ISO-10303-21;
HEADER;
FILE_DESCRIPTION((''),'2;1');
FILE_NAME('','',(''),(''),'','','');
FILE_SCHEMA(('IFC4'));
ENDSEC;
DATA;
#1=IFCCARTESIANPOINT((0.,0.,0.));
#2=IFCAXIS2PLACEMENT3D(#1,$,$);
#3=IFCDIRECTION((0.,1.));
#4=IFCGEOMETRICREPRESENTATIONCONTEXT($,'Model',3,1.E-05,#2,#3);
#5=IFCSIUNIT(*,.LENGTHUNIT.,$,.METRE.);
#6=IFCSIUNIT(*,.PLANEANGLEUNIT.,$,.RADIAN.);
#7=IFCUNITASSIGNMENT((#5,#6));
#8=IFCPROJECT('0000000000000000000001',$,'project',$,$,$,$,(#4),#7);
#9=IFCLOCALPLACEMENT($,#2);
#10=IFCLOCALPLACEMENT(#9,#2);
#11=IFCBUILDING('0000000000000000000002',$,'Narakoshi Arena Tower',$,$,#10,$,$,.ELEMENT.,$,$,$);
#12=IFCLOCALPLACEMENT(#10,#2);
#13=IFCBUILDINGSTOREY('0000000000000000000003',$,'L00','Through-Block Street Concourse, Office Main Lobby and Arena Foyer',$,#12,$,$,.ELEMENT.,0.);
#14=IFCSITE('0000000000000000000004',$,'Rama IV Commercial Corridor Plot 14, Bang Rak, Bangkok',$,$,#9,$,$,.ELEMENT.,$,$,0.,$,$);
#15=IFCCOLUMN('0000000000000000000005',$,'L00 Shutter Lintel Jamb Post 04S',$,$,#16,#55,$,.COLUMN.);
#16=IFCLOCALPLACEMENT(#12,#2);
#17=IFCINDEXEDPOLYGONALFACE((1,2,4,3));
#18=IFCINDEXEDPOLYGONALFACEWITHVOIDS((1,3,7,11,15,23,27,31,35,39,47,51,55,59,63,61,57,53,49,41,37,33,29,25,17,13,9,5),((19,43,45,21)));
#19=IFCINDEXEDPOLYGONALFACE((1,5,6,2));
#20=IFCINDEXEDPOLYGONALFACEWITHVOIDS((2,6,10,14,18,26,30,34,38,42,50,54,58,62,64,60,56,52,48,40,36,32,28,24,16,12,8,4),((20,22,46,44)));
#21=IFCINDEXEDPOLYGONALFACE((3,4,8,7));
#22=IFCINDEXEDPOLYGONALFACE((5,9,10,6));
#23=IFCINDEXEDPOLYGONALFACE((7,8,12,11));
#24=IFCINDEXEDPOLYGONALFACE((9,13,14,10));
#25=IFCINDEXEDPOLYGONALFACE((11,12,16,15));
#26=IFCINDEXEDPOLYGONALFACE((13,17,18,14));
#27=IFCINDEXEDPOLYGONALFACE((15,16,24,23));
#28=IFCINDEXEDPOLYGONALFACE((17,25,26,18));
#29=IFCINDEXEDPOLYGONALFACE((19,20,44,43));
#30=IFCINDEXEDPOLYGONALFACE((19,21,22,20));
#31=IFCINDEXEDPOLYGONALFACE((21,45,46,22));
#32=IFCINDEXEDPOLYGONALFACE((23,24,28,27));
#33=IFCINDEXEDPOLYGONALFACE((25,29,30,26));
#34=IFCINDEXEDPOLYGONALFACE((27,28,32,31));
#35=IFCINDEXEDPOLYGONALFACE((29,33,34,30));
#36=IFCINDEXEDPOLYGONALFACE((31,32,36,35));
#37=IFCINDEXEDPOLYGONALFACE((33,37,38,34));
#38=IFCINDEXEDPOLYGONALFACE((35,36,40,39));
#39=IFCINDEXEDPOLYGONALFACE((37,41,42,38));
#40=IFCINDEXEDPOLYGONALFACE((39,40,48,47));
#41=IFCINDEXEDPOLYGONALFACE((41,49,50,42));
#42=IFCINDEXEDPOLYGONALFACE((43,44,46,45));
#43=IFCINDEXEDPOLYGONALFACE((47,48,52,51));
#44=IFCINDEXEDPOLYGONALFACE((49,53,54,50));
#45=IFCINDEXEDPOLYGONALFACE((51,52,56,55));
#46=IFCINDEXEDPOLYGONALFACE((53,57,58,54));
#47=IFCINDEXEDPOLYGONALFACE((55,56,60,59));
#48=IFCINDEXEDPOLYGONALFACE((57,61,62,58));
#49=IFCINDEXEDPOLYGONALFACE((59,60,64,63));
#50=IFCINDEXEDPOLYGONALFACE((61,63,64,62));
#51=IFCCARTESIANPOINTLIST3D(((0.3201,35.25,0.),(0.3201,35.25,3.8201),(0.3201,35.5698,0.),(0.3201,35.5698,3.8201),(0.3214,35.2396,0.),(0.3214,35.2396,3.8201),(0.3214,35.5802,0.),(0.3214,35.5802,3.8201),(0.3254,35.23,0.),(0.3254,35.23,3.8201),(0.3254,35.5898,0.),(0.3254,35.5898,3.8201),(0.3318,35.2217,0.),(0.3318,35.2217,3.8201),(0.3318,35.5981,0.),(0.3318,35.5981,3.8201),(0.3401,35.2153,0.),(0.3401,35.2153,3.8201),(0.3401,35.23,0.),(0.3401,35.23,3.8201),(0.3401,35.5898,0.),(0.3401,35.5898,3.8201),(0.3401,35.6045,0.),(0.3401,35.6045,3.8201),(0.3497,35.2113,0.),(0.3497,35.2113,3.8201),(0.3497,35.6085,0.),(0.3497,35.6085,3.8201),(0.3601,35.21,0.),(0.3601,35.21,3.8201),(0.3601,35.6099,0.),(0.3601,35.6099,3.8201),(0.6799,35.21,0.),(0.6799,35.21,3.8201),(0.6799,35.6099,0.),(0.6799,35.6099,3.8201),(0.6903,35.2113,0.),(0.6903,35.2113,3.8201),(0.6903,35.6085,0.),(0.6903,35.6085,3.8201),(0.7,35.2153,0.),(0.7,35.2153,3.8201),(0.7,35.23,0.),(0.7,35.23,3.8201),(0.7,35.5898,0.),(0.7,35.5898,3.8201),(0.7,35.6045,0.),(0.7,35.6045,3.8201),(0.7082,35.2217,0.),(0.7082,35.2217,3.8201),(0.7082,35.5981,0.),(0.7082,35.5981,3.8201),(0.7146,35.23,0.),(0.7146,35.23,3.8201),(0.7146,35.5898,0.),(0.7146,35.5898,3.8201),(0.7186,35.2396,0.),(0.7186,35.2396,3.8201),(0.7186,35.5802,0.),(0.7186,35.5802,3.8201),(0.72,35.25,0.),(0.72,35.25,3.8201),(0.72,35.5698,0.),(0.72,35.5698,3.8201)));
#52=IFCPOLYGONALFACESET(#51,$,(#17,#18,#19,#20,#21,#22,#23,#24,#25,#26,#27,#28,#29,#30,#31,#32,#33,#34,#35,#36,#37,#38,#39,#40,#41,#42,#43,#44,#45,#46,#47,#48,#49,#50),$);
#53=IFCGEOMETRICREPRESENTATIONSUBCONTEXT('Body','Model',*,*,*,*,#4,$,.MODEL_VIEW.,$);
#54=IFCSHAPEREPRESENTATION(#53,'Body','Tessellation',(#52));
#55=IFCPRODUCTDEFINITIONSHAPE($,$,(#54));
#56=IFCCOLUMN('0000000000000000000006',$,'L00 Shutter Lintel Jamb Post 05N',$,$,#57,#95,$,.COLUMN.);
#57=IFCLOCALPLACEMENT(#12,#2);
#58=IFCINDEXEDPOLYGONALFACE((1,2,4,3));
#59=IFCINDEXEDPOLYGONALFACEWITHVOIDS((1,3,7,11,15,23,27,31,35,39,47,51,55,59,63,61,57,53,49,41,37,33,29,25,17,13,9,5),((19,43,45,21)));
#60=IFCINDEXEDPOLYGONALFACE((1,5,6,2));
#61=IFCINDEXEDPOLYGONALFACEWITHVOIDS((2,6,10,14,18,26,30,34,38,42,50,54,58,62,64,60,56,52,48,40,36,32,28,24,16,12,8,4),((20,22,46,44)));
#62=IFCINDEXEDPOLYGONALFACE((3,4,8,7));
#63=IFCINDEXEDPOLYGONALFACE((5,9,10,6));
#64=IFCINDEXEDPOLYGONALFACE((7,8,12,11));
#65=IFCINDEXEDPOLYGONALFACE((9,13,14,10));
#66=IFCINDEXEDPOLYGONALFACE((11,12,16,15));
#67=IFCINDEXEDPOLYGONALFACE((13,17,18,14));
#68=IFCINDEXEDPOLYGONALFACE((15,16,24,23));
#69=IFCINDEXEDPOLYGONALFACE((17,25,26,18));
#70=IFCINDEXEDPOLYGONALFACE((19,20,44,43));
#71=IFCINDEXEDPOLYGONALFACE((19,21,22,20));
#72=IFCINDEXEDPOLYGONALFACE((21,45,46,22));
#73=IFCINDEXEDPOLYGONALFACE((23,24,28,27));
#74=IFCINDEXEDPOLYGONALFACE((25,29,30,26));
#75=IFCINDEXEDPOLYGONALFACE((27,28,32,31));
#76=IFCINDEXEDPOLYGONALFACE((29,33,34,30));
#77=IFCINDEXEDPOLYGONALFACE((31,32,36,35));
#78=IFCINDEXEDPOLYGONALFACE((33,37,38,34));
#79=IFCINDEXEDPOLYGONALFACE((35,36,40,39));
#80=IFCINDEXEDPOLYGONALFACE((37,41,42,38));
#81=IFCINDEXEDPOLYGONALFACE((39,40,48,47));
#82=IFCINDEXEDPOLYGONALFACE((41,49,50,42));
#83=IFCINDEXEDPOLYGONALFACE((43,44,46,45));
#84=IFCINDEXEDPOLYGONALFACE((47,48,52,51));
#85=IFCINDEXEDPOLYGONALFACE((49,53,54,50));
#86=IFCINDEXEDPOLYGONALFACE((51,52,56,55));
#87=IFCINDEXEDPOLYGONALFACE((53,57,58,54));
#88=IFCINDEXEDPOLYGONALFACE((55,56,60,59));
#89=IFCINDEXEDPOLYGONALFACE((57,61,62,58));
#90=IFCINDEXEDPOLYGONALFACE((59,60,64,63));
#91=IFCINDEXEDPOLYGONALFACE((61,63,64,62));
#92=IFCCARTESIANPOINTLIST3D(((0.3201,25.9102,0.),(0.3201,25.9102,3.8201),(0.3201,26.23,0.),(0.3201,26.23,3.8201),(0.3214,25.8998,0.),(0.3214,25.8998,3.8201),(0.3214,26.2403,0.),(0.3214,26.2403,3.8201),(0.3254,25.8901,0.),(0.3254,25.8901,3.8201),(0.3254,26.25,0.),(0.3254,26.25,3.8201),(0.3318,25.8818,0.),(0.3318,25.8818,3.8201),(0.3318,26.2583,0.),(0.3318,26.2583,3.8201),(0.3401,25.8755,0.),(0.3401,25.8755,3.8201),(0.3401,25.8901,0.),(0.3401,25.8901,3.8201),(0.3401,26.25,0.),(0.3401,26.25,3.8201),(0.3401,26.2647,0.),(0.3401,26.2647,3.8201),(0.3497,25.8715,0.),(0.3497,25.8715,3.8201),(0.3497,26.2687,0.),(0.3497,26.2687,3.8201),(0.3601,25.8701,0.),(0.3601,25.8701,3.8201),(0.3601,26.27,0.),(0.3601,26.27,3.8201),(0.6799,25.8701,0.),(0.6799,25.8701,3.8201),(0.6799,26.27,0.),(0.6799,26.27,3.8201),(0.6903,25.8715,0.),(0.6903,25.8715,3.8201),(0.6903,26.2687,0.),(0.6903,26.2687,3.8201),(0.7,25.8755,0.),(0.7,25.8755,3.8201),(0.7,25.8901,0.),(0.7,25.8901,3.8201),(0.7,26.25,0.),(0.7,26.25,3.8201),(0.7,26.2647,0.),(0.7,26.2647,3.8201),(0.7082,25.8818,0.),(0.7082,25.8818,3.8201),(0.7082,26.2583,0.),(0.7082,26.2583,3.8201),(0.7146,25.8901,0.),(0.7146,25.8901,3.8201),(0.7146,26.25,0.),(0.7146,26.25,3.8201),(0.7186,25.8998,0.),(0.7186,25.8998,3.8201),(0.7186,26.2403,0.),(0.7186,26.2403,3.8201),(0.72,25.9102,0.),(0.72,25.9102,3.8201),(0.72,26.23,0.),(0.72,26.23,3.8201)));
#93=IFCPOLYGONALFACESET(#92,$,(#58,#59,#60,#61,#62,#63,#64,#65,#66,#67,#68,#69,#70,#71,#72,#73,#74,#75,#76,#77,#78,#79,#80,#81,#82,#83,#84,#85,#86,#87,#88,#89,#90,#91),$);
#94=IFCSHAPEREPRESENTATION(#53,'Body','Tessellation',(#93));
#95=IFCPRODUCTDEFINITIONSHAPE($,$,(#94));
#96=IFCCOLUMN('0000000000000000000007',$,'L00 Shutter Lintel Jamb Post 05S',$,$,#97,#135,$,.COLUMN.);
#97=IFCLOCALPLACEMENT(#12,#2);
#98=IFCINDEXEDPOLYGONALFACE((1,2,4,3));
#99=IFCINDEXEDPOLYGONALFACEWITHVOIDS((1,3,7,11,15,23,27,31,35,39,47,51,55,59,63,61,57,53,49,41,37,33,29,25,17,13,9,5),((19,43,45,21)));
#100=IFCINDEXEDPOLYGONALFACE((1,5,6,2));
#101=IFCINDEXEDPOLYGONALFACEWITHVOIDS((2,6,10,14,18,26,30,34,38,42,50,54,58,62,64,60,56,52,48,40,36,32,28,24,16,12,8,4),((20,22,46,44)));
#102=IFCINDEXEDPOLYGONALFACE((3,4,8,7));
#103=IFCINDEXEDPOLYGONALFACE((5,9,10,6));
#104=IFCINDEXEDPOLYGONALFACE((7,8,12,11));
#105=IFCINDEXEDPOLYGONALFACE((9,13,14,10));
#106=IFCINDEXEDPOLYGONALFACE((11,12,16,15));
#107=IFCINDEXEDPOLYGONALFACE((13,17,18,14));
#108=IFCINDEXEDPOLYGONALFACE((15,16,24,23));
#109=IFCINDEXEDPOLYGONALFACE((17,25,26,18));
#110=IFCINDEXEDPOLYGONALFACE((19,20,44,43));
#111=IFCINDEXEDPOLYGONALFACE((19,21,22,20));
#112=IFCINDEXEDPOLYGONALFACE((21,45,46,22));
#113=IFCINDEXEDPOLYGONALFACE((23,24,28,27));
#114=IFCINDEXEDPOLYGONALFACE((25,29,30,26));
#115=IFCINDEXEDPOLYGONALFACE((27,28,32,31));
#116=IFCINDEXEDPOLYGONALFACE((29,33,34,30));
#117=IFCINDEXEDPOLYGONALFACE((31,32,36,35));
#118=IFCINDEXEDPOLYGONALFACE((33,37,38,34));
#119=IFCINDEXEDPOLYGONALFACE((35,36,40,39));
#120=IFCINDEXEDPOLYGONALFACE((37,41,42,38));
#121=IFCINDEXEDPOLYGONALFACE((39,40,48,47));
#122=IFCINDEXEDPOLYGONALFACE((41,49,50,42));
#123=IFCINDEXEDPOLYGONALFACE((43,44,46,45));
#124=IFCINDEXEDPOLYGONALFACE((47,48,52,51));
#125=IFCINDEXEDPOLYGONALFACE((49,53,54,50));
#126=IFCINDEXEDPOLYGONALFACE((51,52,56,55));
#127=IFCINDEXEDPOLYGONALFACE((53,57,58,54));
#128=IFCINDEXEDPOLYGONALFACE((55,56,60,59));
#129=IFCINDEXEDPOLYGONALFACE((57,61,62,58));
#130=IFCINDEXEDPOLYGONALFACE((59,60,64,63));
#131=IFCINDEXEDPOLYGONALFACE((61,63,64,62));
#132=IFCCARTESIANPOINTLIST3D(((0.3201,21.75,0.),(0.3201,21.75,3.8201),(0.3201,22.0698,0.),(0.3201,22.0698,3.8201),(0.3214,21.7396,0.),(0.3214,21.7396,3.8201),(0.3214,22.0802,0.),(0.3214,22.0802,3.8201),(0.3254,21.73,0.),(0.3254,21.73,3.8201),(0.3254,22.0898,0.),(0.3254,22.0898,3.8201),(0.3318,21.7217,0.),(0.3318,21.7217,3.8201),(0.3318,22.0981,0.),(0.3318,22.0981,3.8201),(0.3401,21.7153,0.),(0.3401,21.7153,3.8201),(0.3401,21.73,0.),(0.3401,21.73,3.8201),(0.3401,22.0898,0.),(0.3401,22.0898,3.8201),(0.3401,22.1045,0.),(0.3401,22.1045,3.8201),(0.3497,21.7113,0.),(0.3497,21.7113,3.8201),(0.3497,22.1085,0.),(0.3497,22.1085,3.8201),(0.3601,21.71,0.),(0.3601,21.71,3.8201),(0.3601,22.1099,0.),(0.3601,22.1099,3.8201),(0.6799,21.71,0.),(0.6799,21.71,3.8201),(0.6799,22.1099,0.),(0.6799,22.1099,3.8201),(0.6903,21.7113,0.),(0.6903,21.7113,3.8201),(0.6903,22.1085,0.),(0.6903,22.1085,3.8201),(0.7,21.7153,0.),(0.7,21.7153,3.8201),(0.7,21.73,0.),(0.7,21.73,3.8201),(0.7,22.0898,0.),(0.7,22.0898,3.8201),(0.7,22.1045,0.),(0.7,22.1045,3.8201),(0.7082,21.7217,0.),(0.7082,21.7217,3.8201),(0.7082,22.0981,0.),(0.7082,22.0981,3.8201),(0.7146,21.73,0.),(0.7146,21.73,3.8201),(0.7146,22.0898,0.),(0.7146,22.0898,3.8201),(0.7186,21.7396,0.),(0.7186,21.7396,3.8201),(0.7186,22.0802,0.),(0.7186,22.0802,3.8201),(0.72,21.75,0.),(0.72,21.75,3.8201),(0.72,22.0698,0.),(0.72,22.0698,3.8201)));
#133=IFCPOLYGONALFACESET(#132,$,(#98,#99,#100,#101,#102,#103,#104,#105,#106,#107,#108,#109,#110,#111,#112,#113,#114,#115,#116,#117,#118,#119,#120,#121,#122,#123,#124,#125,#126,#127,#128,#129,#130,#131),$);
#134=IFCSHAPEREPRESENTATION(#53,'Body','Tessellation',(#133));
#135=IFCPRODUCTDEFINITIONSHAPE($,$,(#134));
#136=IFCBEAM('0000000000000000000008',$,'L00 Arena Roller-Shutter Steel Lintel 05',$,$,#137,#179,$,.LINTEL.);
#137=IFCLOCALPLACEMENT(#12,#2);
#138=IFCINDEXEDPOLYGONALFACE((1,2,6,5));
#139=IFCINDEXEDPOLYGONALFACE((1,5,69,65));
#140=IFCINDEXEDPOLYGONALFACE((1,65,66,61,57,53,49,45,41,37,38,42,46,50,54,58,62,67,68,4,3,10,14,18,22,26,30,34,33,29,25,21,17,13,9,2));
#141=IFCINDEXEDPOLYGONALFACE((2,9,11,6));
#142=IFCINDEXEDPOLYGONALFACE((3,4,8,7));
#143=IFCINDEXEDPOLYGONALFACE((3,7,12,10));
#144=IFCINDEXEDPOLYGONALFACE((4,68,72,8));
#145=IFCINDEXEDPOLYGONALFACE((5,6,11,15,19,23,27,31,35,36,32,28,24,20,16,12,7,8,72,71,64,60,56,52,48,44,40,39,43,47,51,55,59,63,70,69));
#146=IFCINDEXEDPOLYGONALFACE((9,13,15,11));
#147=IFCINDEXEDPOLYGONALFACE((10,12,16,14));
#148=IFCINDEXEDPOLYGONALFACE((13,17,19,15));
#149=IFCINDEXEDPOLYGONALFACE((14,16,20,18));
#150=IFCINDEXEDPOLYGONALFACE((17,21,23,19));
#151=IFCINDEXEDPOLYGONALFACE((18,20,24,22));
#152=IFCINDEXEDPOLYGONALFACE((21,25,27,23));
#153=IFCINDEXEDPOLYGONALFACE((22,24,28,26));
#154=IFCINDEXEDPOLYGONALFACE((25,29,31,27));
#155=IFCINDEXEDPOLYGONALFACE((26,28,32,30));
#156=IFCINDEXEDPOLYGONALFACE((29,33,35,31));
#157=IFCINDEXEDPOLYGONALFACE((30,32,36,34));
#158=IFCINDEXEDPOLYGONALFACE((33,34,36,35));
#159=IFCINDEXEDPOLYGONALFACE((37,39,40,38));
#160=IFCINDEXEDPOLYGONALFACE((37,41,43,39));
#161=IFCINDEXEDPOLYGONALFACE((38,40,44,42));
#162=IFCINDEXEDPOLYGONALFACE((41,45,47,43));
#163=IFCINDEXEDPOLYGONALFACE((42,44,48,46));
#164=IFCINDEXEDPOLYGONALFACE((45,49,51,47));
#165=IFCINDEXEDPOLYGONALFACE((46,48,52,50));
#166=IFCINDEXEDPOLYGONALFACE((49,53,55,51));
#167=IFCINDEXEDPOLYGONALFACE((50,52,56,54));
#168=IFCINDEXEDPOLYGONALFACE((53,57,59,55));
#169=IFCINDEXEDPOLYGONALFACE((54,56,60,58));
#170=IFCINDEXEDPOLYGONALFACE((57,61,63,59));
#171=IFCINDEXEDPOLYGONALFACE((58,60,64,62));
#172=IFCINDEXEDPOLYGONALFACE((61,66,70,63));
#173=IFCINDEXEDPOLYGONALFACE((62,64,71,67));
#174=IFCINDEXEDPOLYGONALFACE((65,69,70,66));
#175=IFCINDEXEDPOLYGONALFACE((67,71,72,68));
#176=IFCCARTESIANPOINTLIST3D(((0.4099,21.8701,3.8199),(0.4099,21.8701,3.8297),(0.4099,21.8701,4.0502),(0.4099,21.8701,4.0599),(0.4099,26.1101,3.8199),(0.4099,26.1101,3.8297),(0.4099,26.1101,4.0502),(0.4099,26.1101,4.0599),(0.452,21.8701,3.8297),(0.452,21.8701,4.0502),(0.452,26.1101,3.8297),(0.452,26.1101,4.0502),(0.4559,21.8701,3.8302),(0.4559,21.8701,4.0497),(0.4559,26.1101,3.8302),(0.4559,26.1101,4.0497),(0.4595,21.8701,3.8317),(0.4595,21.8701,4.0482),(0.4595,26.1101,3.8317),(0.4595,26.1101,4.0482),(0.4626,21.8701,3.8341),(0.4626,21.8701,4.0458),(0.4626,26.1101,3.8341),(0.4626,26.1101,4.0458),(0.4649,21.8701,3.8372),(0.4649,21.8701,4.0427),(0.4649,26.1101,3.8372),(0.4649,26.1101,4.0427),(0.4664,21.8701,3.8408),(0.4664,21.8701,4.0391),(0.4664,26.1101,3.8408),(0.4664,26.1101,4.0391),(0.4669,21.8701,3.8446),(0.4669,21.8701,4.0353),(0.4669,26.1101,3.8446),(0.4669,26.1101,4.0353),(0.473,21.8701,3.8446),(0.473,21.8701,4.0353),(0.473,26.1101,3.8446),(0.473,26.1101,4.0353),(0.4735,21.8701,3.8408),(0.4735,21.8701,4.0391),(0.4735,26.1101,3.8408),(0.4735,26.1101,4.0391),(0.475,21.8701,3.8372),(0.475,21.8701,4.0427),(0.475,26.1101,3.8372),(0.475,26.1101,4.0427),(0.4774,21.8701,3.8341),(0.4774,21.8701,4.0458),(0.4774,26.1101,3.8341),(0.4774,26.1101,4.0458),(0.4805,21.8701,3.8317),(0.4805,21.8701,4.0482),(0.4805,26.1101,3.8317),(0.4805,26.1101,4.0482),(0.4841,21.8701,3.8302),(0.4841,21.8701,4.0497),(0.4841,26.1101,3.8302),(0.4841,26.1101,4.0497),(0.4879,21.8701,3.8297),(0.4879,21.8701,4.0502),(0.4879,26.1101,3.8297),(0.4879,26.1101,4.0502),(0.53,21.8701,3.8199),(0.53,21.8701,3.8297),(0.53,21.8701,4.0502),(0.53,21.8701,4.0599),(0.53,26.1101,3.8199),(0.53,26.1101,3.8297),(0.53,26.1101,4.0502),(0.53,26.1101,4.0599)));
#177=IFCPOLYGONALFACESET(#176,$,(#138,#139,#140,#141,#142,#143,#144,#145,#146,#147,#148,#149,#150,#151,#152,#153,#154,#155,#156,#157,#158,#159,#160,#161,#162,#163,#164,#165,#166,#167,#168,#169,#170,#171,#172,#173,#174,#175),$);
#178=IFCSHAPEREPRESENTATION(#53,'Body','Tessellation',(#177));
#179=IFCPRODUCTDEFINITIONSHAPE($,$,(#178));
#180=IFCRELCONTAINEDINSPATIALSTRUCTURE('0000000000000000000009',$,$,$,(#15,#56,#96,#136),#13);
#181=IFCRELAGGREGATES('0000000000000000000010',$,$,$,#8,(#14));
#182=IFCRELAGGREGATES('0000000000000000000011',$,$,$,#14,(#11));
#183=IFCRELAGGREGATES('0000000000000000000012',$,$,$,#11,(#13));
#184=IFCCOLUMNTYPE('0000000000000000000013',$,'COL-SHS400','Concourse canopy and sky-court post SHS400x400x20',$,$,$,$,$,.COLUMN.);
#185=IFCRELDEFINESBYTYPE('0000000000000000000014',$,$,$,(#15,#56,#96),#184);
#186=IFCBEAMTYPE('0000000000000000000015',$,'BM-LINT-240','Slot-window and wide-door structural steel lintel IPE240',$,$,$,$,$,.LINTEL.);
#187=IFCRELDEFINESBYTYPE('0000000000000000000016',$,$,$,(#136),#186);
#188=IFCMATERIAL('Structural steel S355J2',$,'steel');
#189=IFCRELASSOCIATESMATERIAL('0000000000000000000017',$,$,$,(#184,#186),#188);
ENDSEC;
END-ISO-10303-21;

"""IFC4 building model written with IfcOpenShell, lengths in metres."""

from ifc_helpers import new_model, si_unit, direction, frame, origin, origin_2d, place, context, subcontext, project, spatial, hollow_rectangle, i_section, extrude, material, material_profile, profile_set, type_object, element, save


model = new_model("IFC4")

# Units and contexts
model_context = context("Model", 3, precision=1e-05, world=origin(), true_north=direction((0.0, 1.0)))
body_context = subcontext(model_context, "Body", "Model", "MODEL_VIEW")
ifc_project = project(units=[si_unit("LENGTHUNIT", "METRE"), si_unit("PLANEANGLEUNIT", "RADIAN")], contexts=[model_context])

# Site, building, storey
site_placement = place(None, origin())
site = spatial("IfcSite", under=ifc_project, at=site_placement, Name="Rama IV Commercial Corridor Plot 14, Bang Rak, Bangkok", CompositionType="ELEMENT", RefElevation=0.0)
building_placement = place(site_placement, origin())
building = spatial("IfcBuilding", under=site, at=building_placement, Name="Narakoshi Arena Tower", CompositionType="ELEMENT")
storey_placement = place(building_placement, origin())
storey = spatial("IfcBuildingStorey", under=building, at=storey_placement, Name="L00", Description="Through-Block Street Concourse, Office Main Lobby and Arena Foyer", CompositionType="ELEMENT", Elevation=0.0)

# Columns
ifc_material_1 = material(Name="Structural steel S355J2", Category="steel")
ifc_material_profile_1 = material_profile(ifc_material_1, hollow_rectangle(XDim=0.3999, YDim=0.3999, WallThickness=0.02, OuterFilletRadius=0.04, at=origin_2d()), Name="SHS400x400x20")
ifc_profile_set_1 = profile_set([ifc_material_profile_1], Name="Structural steel S355J2")
column_type_1 = type_object("IfcColumnType", Name="COL-SHS400", Description="Concourse canopy and sky-court post SHS400x400x20", PredefinedType="COLUMN", material=ifc_profile_set_1)
for number, where, z_axis, x_axis, name in (
    (1, (0.52, 35.4099, 0.0), (0.0, 0.0, 1.0), (1.0, 0.0, 0.0), "L00 Shutter Lintel Jamb Post 04S"),
    (2, (0.52, 26.0701, 0.0), (0.0, 0.0, 1.0), (1.0, 0.0, 0.0), "L00 Shutter Lintel Jamb Post 05N"),
    (3, (0.52, 21.9099, 0.0), (0.0, 0.0, 1.0), (1.0, 0.0, 0.0), "L00 Shutter Lintel Jamb Post 05S"),
):
    element("IfcColumn", number, at=place(storey_placement, frame(where, z_axis=z_axis, x_axis=x_axis)), inside=storey, type_object=column_type_1, Name=name, PredefinedType="COLUMN", context=body_context, shape_type="SweptSolid", body=[
        extrude(hollow_rectangle(XDim=0.3999, YDim=0.3999, WallThickness=0.02, OuterFilletRadius=0.04, at=origin_2d()), origin(), (0.0, 0.0, 1.0), 3.8201),
    ])

# Beam
ifc_material_profile_2 = material_profile(ifc_material_1, i_section(OverallWidth=0.1201, OverallDepth=0.24, WebThickness=0.0061, FlangeThickness=0.0098, FilletRadius=0.0149, at=origin_2d()), Name="IPE240")
ifc_profile_set_2 = profile_set([ifc_material_profile_2], Name="Structural steel S355J2")
beam_type_1 = type_object("IfcBeamType", Name="BM-LINT-240", Description="Slot-window and wide-door structural steel lintel IPE240", PredefinedType="LINTEL", material=ifc_profile_set_2)
beam_1_placement = place(storey_placement, frame((0.47, 26.1101, 3.9399), z_axis=(0.0, -1.0, 0.0), x_axis=(1.0, 0.0, 0.0)))
element("IfcBeam", 4, at=beam_1_placement, inside=storey, type_object=beam_type_1, Name="L00 Arena Roller-Shutter Steel Lintel 05", PredefinedType="LINTEL", context=body_context, shape_type="SweptSolid", body=[
    extrude(i_section(OverallWidth=0.1201, OverallDepth=0.24, WebThickness=0.0061, FlangeThickness=0.0098, FilletRadius=0.0149, at=origin_2d()), origin(), (0.0, 0.0, 1.0), 4.24),
])

save(model, "model.ifc")
